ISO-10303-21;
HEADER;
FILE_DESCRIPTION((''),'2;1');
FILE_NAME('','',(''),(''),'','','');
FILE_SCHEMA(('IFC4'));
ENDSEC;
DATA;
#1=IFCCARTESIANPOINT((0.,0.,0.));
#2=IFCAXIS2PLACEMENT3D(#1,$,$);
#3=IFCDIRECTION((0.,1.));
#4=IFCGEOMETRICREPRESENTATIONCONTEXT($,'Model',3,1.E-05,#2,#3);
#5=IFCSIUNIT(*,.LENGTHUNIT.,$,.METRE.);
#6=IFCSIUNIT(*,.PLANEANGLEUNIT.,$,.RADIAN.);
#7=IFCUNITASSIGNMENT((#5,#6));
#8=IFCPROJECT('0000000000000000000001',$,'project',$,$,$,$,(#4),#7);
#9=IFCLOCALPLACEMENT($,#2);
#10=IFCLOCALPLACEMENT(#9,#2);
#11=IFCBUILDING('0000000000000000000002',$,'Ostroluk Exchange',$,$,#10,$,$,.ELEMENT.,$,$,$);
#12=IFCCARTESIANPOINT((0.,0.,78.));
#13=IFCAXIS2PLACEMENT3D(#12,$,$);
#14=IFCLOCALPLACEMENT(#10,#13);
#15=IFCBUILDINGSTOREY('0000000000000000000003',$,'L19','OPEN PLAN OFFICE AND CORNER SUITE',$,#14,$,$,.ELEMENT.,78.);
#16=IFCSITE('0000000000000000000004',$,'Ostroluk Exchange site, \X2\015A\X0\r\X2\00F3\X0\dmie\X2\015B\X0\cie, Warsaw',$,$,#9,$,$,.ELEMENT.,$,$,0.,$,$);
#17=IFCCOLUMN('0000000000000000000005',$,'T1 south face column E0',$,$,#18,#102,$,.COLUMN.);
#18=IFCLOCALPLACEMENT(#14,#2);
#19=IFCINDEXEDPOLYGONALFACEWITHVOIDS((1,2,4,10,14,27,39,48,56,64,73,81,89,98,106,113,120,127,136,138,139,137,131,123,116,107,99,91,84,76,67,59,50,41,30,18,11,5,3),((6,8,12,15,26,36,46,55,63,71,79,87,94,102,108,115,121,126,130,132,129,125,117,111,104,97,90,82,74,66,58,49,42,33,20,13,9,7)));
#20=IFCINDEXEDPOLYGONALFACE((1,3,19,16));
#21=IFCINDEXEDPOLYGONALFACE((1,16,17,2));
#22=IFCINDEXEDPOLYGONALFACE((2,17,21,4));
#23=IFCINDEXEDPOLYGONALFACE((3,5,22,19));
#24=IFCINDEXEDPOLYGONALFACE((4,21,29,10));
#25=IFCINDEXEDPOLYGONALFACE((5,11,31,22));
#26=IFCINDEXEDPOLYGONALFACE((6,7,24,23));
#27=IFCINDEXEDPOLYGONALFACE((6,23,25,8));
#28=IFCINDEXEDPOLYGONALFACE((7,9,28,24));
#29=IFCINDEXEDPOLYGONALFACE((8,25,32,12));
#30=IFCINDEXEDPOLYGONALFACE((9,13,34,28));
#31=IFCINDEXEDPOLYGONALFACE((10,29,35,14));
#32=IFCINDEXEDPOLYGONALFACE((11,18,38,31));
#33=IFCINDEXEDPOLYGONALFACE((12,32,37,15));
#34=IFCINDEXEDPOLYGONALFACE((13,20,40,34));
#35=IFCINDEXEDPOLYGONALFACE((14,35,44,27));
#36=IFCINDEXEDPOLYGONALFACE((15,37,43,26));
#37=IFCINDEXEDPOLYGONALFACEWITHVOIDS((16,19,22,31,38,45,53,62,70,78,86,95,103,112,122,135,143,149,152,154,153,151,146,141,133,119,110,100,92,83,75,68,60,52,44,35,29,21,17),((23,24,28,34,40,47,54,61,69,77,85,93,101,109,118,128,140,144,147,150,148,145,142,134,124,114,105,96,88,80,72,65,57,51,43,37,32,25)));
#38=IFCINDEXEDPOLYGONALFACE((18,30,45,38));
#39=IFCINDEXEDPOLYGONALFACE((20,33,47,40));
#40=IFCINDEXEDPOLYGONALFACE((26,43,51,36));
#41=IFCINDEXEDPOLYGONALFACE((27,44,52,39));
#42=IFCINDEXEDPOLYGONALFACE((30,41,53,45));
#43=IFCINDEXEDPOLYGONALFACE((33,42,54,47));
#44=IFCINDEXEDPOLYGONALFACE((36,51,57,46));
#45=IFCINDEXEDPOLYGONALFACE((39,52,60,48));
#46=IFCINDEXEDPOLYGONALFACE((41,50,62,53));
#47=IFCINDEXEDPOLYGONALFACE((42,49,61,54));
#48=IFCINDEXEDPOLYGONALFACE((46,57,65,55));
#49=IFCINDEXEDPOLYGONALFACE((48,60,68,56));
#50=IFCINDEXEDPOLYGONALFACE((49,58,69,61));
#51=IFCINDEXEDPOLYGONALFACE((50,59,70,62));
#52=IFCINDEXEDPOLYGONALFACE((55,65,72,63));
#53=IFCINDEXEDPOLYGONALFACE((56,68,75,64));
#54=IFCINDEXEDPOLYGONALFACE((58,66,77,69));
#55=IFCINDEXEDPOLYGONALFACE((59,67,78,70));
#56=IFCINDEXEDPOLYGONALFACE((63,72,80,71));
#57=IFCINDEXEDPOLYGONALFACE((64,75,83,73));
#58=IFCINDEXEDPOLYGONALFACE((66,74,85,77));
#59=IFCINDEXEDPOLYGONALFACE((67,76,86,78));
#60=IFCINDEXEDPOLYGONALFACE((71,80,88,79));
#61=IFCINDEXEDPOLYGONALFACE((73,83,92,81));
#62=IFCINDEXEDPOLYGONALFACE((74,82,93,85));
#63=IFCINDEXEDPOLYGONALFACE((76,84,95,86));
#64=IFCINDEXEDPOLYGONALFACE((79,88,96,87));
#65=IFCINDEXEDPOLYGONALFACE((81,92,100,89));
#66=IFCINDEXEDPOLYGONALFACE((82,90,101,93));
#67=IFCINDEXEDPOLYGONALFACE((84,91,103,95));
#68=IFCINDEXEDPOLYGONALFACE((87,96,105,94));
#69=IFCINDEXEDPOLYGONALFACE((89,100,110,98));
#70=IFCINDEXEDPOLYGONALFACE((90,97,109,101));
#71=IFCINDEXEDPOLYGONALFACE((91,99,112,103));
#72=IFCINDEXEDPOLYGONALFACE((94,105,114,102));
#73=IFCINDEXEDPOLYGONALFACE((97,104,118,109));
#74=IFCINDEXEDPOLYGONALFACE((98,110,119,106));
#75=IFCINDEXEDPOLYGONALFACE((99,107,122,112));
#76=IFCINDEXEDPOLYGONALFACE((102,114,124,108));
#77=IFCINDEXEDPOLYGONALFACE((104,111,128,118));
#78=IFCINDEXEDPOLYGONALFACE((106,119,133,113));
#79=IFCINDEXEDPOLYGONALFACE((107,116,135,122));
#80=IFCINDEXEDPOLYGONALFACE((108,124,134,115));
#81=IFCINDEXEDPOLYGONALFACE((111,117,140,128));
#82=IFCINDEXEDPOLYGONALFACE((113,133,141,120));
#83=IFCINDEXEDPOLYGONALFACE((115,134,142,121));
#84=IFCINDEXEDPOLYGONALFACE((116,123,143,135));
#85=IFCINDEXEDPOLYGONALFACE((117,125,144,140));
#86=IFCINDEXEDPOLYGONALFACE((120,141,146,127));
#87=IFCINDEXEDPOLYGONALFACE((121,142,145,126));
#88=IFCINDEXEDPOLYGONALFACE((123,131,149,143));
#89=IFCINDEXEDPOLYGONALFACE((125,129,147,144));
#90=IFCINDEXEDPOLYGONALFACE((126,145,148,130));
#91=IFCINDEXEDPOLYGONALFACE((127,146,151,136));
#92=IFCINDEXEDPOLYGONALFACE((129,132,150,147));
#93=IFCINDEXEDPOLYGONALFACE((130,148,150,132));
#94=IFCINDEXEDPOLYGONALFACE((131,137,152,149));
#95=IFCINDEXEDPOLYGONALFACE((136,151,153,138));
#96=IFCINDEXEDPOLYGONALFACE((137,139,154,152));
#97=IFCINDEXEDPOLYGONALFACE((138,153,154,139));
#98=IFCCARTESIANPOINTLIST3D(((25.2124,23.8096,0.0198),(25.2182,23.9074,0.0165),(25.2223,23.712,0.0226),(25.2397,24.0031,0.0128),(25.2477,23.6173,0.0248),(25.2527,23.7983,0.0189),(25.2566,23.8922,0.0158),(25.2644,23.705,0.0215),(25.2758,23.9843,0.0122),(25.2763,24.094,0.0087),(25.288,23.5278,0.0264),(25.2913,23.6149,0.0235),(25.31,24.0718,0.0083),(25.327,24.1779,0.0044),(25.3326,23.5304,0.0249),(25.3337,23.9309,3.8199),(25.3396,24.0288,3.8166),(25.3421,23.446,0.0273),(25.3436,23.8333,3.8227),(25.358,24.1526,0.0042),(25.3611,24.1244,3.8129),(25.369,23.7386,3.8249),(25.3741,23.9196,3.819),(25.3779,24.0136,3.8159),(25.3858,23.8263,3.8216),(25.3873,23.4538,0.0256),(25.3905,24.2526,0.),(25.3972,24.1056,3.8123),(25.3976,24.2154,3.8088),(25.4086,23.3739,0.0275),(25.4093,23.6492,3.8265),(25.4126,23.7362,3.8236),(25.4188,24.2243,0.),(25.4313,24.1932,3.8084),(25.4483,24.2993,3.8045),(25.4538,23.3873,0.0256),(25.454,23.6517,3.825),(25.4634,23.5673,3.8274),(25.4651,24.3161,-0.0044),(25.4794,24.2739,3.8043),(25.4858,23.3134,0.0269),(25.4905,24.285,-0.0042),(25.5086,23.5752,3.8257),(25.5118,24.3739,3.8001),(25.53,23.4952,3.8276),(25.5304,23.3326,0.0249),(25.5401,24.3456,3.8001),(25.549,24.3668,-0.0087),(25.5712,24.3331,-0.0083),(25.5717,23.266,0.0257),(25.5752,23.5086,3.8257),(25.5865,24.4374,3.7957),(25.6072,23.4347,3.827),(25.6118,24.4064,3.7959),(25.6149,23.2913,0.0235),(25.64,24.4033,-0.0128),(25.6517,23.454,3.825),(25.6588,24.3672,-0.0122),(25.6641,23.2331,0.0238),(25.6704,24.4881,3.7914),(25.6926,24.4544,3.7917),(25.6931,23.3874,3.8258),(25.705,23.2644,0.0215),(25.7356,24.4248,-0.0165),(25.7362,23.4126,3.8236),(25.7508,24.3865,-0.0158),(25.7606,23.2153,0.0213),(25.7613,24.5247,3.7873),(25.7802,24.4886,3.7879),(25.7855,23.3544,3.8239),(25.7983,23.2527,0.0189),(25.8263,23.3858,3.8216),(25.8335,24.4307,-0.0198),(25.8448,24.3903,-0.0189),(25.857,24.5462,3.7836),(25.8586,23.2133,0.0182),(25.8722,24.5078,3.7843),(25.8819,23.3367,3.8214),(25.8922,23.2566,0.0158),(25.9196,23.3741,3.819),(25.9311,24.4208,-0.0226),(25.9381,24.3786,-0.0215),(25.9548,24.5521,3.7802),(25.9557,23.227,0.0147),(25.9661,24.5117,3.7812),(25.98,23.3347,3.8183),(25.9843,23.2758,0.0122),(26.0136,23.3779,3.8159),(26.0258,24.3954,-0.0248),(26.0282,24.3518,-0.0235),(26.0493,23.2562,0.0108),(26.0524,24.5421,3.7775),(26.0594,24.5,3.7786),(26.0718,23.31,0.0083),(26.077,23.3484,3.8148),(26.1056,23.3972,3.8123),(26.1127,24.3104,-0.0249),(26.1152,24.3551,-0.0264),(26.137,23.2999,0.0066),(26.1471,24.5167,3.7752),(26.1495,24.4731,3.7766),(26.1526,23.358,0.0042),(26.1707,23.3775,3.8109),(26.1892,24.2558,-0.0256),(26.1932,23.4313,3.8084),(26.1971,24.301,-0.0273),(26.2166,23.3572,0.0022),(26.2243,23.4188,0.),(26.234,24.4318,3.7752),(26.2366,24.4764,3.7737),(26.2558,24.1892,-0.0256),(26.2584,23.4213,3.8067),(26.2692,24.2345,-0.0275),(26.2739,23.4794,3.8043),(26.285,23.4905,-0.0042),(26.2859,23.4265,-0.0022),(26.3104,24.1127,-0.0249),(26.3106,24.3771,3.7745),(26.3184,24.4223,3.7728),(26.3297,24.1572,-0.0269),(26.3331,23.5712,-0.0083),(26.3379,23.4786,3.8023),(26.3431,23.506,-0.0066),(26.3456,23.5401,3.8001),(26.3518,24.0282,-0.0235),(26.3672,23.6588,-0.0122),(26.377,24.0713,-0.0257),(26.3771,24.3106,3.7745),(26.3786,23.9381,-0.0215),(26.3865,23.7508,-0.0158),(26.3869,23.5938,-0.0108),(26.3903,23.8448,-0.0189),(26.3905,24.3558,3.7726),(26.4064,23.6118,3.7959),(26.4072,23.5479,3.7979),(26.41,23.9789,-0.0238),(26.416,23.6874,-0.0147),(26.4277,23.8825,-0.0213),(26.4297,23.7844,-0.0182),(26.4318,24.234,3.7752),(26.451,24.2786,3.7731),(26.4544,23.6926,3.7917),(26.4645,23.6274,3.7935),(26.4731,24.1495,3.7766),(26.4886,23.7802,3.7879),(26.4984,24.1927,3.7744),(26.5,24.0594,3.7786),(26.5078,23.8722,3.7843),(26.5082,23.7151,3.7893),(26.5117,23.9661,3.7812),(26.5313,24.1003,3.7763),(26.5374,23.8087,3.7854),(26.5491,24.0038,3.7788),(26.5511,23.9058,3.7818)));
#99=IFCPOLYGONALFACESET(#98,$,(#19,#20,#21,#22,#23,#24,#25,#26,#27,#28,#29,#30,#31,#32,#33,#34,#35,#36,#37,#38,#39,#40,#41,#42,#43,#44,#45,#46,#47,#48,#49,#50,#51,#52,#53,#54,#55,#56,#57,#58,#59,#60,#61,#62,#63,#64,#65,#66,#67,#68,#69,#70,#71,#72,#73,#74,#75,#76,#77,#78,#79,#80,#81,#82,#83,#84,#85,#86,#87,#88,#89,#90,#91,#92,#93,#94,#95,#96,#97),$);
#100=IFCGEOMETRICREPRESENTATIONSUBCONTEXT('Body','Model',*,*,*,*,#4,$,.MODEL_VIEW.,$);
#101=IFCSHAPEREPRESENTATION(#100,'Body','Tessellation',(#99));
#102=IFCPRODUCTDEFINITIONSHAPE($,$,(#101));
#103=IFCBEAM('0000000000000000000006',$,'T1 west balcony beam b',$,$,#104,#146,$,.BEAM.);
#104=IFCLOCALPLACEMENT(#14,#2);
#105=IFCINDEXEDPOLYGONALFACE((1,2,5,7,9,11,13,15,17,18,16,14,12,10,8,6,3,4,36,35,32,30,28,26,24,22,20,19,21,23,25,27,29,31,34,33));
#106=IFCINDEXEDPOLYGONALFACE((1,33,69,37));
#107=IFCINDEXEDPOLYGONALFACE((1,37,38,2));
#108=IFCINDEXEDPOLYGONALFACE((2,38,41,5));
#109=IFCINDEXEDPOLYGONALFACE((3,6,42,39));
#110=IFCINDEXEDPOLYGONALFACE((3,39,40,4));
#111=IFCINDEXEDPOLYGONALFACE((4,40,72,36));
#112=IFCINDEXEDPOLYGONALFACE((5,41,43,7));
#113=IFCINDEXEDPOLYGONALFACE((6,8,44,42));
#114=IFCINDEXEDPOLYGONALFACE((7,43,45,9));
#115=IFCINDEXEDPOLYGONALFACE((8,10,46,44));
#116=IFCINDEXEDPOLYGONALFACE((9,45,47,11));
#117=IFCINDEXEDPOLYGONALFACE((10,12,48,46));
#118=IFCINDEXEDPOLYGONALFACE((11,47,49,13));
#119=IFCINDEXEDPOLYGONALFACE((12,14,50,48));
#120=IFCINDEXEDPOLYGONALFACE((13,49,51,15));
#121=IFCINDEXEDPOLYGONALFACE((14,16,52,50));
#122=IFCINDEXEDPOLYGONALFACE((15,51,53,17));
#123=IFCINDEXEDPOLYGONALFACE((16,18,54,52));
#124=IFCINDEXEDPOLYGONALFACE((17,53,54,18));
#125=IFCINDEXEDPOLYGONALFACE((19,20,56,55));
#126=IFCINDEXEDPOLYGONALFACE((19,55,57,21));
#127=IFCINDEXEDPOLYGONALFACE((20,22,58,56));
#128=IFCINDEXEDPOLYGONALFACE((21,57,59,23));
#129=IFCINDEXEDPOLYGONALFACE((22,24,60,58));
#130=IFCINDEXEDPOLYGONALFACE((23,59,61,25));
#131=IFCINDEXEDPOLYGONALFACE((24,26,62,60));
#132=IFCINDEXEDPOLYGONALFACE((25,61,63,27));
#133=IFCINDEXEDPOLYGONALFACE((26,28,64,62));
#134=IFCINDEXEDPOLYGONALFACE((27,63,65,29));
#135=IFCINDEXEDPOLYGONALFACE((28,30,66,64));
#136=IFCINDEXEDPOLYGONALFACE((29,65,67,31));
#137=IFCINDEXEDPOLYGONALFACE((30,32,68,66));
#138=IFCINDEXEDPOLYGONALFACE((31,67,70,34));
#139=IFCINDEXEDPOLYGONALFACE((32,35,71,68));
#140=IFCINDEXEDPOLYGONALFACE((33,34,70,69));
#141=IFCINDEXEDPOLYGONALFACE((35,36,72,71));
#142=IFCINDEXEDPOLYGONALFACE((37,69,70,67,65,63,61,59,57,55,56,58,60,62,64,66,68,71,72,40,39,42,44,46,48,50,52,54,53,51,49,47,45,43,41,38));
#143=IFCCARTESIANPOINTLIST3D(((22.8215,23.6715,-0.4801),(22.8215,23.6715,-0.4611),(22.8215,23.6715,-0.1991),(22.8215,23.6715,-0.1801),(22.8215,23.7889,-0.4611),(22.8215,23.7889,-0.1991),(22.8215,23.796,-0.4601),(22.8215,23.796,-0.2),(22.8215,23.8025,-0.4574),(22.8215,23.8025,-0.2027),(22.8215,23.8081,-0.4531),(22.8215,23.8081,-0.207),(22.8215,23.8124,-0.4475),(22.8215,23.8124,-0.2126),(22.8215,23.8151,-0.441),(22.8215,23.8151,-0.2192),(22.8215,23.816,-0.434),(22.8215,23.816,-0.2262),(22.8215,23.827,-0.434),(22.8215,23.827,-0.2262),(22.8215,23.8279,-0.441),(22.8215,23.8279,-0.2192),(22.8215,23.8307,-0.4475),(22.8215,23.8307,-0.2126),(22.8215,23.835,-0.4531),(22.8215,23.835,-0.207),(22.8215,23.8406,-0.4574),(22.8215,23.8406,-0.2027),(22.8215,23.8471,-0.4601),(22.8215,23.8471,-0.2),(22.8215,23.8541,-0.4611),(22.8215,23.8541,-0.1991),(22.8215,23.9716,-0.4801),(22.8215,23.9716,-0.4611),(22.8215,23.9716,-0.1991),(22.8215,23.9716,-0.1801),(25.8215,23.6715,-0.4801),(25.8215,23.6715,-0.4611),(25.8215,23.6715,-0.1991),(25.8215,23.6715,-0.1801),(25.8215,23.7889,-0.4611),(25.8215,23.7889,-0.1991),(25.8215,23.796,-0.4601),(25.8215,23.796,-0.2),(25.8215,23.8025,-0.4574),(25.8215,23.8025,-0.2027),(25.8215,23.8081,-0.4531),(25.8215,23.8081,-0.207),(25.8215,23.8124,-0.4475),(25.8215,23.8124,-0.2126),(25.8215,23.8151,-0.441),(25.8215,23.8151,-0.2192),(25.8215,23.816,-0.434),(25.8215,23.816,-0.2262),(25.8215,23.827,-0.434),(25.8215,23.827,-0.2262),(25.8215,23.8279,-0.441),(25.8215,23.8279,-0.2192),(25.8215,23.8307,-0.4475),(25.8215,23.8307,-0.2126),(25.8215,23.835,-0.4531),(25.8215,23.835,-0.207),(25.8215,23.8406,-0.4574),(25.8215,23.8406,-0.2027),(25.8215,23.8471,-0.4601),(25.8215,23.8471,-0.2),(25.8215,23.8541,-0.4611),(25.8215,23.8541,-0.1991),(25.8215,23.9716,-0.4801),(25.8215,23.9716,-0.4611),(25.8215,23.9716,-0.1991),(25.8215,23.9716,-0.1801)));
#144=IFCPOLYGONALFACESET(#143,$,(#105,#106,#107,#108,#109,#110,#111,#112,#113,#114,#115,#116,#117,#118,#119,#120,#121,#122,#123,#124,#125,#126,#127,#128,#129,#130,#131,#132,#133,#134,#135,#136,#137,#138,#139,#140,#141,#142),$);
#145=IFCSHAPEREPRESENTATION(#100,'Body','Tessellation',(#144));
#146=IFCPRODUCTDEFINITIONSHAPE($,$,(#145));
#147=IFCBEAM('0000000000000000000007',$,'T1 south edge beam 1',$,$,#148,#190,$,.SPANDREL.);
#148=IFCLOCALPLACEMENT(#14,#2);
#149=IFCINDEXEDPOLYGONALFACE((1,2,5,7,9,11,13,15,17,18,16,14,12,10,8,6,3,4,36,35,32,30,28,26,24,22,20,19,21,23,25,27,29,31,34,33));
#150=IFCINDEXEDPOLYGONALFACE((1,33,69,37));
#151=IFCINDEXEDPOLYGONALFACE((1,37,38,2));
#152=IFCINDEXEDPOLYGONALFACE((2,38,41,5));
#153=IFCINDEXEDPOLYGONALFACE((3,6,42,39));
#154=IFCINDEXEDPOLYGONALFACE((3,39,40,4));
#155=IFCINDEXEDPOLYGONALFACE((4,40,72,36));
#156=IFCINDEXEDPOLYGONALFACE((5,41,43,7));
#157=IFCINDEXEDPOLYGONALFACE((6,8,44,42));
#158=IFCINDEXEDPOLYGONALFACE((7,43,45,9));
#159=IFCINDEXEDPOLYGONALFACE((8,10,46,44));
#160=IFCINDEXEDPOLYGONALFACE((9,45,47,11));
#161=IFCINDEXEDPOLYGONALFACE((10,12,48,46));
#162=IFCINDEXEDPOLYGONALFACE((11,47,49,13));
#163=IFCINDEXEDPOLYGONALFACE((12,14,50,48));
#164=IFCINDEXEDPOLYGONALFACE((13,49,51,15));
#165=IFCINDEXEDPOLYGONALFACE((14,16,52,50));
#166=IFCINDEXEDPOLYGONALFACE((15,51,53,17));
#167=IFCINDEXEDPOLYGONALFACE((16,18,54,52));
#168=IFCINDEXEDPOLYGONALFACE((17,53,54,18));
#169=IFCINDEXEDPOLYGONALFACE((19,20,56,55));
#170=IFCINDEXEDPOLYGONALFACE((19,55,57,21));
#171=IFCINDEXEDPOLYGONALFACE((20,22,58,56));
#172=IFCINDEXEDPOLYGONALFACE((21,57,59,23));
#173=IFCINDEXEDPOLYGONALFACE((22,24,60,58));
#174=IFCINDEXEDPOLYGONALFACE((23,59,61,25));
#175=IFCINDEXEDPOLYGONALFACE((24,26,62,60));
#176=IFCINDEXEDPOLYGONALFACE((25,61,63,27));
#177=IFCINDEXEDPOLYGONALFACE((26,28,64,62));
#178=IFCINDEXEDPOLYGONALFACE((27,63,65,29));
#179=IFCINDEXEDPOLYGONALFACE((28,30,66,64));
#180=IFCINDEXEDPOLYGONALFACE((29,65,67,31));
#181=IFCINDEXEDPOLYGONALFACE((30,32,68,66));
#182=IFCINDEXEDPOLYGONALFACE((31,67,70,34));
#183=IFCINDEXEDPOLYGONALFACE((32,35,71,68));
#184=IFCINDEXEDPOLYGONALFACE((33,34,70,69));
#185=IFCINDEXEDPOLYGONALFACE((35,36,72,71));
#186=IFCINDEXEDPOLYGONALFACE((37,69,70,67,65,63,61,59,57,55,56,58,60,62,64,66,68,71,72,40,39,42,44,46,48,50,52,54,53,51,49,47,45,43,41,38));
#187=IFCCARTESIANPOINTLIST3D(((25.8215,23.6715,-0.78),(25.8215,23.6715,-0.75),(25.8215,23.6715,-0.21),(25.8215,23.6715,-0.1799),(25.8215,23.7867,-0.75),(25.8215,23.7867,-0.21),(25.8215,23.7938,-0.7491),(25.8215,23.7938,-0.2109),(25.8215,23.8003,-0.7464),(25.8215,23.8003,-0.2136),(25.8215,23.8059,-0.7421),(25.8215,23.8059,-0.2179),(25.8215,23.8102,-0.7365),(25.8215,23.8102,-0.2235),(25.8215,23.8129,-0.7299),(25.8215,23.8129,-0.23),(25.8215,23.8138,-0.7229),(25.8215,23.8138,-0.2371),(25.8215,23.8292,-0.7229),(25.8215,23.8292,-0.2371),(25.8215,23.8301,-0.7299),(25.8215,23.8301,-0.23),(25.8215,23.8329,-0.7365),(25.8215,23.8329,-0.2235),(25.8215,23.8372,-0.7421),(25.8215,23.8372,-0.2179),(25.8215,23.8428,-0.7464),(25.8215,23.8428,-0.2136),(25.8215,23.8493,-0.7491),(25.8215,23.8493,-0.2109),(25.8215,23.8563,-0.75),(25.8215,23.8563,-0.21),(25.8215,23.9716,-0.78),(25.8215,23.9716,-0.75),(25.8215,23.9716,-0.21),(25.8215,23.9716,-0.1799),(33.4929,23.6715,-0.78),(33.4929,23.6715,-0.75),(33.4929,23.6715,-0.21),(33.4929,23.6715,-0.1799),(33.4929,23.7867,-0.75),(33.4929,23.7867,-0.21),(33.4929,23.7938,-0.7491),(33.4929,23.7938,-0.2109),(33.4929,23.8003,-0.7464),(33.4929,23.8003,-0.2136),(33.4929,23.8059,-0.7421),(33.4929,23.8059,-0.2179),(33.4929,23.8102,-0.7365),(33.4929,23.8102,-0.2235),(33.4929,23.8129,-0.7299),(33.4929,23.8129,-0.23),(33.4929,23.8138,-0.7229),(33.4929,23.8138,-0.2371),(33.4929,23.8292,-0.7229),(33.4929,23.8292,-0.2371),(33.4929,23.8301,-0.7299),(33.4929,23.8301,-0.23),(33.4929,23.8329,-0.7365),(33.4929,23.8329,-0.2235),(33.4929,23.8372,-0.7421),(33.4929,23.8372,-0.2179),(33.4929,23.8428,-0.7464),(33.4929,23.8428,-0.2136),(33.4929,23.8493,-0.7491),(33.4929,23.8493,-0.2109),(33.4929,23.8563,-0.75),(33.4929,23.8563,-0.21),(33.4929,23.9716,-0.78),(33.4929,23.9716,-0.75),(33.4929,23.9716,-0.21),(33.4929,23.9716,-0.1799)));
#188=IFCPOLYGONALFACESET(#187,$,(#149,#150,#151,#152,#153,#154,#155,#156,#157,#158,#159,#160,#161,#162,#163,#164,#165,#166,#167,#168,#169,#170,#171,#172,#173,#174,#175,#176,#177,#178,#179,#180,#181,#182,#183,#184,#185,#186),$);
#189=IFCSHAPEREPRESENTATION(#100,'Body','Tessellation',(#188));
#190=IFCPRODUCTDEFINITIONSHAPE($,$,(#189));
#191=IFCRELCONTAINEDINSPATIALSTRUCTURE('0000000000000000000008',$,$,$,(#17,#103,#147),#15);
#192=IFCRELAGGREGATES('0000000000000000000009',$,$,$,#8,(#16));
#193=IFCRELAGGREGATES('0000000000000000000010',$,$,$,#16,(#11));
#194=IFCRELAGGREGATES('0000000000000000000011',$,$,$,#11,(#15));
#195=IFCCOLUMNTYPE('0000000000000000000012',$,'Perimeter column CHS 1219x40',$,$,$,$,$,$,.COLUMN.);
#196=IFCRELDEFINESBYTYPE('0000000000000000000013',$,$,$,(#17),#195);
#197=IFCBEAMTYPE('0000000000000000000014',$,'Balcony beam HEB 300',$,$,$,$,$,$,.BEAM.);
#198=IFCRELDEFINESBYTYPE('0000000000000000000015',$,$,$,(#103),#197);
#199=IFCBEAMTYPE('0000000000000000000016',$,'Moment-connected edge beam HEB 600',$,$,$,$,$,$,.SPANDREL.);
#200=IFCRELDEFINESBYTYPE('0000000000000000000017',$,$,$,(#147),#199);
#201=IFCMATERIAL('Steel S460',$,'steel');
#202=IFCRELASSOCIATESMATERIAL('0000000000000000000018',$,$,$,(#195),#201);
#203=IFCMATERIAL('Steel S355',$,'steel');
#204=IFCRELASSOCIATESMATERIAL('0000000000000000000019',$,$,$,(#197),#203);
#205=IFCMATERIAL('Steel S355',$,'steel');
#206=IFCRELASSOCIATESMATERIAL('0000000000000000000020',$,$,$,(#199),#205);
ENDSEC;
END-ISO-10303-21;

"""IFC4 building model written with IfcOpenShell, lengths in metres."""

from ifc_helpers import new_model, si_unit, direction, frame, origin, origin_2d, place, context, subcontext, project, spatial, hollow_circle, i_section, extrude, material, material_profile, profile_set, type_object, element, save


model = new_model("IFC4")

# Units and contexts
model_context = context("Model", 3, precision=1e-05, world=origin(), true_north=direction((0.0, 1.0)))
body_context = subcontext(model_context, "Body", "Model", "MODEL_VIEW")
ifc_project = project(units=[si_unit("LENGTHUNIT", "METRE"), si_unit("PLANEANGLEUNIT", "RADIAN")], contexts=[model_context])

# Site, building, storey
site_placement = place(None, origin())
site = spatial("IfcSite", under=ifc_project, at=site_placement, Name="Ostroluk Exchange site, Śródmieście, Warsaw", CompositionType="ELEMENT", RefElevation=0.0)
building_placement = place(site_placement, origin())
building = spatial("IfcBuilding", under=site, at=building_placement, Name="Ostroluk Exchange", CompositionType="ELEMENT")
storey_placement = place(building_placement, frame((0.0, 0.0, 78.0)))
storey = spatial("IfcBuildingStorey", under=building, at=storey_placement, Name="L19", Description="OPEN PLAN OFFICE AND CORNER SUITE", CompositionType="ELEMENT", Elevation=78.0)

# Column
ifc_material_1 = material(Name="Steel S460", Category="steel")
ifc_material_profile_1 = material_profile(ifc_material_1, hollow_circle(Radius=0.6096, WallThickness=0.04, at=origin_2d()), Name="CHS 1219x40")
ifc_profile_set_1 = profile_set([ifc_material_profile_1], Name="Steel S460")
column_type = type_object("IfcColumnType", Name="Perimeter column CHS 1219x40", PredefinedType="COLUMN", material=ifc_profile_set_1)
column_placement = place(storey_placement, frame((25.8215, 23.8215, 0.0), z_axis=(0.031898, 0.031898, 0.998982), x_axis=(-0.707107, 0.707107, 0.0)))
element("IfcColumn", 1, at=column_placement, inside=storey, type_object=column_type, Name="T1 south face column E0", PredefinedType="COLUMN", context=body_context, shape_type="SweptSolid", body=[
    extrude(hollow_circle(Radius=0.6096, WallThickness=0.04, at=origin_2d()), origin(), (0.0, 0.0, 1.0), 3.804),
])

# Beams
ifc_material_2 = material(Name="Steel S355", Category="steel")
ifc_material_profile_2 = material_profile(ifc_material_2, i_section(OverallWidth=0.3, OverallDepth=0.3, WebThickness=0.011, FlangeThickness=0.019, FilletRadius=0.0271, at=origin_2d()), Name="HEB 300")
ifc_profile_set_2 = profile_set([ifc_material_profile_2], Name="Steel S355")
beam_type_1 = type_object("IfcBeamType", Name="Balcony beam HEB 300", PredefinedType="BEAM", material=ifc_profile_set_2)
beam_1_placement = place(storey_placement, frame((25.8215, 23.8215, -0.3301), z_axis=(-1.0, 0.0, 0.0), x_axis=(0.0, -1.0, 0.0)))
element("IfcBeam", 2, at=beam_1_placement, inside=storey, type_object=beam_type_1, Name="T1 west balcony beam b", PredefinedType="BEAM", context=body_context, shape_type="SweptSolid", body=[
    extrude(i_section(OverallWidth=0.3, OverallDepth=0.3, WebThickness=0.011, FlangeThickness=0.019, FilletRadius=0.0271, at=origin_2d()), origin(), (0.0, 0.0, 1.0), 3.0),
])
ifc_material_3 = material(Name="Steel S355", Category="steel")
ifc_material_profile_3 = material_profile(ifc_material_3, i_section(OverallWidth=0.3, OverallDepth=0.6001, WebThickness=0.0154, FlangeThickness=0.03, FilletRadius=0.0271, at=origin_2d()), Name="HEB 600")
ifc_profile_set_3 = profile_set([ifc_material_profile_3], Name="Steel S355")
beam_type_2 = type_object("IfcBeamType", Name="Moment-connected edge beam HEB 600", PredefinedType="SPANDREL", material=ifc_profile_set_3)
beam_2_placement = place(storey_placement, frame((25.8215, 23.8215, -0.48), z_axis=(1.0, 0.0, 0.0), x_axis=(0.0, 1.0, 0.0)))
element("IfcBeam", 3, at=beam_2_placement, inside=storey, type_object=beam_type_2, Name="T1 south edge beam 1", PredefinedType="SPANDREL", context=body_context, shape_type="SweptSolid", body=[
    extrude(i_section(OverallWidth=0.3, OverallDepth=0.6001, WebThickness=0.0154, FlangeThickness=0.03, FilletRadius=0.0271, at=origin_2d()), origin(), (0.0, 0.0, 1.0), 7.6714),
])

save(model, "model.ifc")
